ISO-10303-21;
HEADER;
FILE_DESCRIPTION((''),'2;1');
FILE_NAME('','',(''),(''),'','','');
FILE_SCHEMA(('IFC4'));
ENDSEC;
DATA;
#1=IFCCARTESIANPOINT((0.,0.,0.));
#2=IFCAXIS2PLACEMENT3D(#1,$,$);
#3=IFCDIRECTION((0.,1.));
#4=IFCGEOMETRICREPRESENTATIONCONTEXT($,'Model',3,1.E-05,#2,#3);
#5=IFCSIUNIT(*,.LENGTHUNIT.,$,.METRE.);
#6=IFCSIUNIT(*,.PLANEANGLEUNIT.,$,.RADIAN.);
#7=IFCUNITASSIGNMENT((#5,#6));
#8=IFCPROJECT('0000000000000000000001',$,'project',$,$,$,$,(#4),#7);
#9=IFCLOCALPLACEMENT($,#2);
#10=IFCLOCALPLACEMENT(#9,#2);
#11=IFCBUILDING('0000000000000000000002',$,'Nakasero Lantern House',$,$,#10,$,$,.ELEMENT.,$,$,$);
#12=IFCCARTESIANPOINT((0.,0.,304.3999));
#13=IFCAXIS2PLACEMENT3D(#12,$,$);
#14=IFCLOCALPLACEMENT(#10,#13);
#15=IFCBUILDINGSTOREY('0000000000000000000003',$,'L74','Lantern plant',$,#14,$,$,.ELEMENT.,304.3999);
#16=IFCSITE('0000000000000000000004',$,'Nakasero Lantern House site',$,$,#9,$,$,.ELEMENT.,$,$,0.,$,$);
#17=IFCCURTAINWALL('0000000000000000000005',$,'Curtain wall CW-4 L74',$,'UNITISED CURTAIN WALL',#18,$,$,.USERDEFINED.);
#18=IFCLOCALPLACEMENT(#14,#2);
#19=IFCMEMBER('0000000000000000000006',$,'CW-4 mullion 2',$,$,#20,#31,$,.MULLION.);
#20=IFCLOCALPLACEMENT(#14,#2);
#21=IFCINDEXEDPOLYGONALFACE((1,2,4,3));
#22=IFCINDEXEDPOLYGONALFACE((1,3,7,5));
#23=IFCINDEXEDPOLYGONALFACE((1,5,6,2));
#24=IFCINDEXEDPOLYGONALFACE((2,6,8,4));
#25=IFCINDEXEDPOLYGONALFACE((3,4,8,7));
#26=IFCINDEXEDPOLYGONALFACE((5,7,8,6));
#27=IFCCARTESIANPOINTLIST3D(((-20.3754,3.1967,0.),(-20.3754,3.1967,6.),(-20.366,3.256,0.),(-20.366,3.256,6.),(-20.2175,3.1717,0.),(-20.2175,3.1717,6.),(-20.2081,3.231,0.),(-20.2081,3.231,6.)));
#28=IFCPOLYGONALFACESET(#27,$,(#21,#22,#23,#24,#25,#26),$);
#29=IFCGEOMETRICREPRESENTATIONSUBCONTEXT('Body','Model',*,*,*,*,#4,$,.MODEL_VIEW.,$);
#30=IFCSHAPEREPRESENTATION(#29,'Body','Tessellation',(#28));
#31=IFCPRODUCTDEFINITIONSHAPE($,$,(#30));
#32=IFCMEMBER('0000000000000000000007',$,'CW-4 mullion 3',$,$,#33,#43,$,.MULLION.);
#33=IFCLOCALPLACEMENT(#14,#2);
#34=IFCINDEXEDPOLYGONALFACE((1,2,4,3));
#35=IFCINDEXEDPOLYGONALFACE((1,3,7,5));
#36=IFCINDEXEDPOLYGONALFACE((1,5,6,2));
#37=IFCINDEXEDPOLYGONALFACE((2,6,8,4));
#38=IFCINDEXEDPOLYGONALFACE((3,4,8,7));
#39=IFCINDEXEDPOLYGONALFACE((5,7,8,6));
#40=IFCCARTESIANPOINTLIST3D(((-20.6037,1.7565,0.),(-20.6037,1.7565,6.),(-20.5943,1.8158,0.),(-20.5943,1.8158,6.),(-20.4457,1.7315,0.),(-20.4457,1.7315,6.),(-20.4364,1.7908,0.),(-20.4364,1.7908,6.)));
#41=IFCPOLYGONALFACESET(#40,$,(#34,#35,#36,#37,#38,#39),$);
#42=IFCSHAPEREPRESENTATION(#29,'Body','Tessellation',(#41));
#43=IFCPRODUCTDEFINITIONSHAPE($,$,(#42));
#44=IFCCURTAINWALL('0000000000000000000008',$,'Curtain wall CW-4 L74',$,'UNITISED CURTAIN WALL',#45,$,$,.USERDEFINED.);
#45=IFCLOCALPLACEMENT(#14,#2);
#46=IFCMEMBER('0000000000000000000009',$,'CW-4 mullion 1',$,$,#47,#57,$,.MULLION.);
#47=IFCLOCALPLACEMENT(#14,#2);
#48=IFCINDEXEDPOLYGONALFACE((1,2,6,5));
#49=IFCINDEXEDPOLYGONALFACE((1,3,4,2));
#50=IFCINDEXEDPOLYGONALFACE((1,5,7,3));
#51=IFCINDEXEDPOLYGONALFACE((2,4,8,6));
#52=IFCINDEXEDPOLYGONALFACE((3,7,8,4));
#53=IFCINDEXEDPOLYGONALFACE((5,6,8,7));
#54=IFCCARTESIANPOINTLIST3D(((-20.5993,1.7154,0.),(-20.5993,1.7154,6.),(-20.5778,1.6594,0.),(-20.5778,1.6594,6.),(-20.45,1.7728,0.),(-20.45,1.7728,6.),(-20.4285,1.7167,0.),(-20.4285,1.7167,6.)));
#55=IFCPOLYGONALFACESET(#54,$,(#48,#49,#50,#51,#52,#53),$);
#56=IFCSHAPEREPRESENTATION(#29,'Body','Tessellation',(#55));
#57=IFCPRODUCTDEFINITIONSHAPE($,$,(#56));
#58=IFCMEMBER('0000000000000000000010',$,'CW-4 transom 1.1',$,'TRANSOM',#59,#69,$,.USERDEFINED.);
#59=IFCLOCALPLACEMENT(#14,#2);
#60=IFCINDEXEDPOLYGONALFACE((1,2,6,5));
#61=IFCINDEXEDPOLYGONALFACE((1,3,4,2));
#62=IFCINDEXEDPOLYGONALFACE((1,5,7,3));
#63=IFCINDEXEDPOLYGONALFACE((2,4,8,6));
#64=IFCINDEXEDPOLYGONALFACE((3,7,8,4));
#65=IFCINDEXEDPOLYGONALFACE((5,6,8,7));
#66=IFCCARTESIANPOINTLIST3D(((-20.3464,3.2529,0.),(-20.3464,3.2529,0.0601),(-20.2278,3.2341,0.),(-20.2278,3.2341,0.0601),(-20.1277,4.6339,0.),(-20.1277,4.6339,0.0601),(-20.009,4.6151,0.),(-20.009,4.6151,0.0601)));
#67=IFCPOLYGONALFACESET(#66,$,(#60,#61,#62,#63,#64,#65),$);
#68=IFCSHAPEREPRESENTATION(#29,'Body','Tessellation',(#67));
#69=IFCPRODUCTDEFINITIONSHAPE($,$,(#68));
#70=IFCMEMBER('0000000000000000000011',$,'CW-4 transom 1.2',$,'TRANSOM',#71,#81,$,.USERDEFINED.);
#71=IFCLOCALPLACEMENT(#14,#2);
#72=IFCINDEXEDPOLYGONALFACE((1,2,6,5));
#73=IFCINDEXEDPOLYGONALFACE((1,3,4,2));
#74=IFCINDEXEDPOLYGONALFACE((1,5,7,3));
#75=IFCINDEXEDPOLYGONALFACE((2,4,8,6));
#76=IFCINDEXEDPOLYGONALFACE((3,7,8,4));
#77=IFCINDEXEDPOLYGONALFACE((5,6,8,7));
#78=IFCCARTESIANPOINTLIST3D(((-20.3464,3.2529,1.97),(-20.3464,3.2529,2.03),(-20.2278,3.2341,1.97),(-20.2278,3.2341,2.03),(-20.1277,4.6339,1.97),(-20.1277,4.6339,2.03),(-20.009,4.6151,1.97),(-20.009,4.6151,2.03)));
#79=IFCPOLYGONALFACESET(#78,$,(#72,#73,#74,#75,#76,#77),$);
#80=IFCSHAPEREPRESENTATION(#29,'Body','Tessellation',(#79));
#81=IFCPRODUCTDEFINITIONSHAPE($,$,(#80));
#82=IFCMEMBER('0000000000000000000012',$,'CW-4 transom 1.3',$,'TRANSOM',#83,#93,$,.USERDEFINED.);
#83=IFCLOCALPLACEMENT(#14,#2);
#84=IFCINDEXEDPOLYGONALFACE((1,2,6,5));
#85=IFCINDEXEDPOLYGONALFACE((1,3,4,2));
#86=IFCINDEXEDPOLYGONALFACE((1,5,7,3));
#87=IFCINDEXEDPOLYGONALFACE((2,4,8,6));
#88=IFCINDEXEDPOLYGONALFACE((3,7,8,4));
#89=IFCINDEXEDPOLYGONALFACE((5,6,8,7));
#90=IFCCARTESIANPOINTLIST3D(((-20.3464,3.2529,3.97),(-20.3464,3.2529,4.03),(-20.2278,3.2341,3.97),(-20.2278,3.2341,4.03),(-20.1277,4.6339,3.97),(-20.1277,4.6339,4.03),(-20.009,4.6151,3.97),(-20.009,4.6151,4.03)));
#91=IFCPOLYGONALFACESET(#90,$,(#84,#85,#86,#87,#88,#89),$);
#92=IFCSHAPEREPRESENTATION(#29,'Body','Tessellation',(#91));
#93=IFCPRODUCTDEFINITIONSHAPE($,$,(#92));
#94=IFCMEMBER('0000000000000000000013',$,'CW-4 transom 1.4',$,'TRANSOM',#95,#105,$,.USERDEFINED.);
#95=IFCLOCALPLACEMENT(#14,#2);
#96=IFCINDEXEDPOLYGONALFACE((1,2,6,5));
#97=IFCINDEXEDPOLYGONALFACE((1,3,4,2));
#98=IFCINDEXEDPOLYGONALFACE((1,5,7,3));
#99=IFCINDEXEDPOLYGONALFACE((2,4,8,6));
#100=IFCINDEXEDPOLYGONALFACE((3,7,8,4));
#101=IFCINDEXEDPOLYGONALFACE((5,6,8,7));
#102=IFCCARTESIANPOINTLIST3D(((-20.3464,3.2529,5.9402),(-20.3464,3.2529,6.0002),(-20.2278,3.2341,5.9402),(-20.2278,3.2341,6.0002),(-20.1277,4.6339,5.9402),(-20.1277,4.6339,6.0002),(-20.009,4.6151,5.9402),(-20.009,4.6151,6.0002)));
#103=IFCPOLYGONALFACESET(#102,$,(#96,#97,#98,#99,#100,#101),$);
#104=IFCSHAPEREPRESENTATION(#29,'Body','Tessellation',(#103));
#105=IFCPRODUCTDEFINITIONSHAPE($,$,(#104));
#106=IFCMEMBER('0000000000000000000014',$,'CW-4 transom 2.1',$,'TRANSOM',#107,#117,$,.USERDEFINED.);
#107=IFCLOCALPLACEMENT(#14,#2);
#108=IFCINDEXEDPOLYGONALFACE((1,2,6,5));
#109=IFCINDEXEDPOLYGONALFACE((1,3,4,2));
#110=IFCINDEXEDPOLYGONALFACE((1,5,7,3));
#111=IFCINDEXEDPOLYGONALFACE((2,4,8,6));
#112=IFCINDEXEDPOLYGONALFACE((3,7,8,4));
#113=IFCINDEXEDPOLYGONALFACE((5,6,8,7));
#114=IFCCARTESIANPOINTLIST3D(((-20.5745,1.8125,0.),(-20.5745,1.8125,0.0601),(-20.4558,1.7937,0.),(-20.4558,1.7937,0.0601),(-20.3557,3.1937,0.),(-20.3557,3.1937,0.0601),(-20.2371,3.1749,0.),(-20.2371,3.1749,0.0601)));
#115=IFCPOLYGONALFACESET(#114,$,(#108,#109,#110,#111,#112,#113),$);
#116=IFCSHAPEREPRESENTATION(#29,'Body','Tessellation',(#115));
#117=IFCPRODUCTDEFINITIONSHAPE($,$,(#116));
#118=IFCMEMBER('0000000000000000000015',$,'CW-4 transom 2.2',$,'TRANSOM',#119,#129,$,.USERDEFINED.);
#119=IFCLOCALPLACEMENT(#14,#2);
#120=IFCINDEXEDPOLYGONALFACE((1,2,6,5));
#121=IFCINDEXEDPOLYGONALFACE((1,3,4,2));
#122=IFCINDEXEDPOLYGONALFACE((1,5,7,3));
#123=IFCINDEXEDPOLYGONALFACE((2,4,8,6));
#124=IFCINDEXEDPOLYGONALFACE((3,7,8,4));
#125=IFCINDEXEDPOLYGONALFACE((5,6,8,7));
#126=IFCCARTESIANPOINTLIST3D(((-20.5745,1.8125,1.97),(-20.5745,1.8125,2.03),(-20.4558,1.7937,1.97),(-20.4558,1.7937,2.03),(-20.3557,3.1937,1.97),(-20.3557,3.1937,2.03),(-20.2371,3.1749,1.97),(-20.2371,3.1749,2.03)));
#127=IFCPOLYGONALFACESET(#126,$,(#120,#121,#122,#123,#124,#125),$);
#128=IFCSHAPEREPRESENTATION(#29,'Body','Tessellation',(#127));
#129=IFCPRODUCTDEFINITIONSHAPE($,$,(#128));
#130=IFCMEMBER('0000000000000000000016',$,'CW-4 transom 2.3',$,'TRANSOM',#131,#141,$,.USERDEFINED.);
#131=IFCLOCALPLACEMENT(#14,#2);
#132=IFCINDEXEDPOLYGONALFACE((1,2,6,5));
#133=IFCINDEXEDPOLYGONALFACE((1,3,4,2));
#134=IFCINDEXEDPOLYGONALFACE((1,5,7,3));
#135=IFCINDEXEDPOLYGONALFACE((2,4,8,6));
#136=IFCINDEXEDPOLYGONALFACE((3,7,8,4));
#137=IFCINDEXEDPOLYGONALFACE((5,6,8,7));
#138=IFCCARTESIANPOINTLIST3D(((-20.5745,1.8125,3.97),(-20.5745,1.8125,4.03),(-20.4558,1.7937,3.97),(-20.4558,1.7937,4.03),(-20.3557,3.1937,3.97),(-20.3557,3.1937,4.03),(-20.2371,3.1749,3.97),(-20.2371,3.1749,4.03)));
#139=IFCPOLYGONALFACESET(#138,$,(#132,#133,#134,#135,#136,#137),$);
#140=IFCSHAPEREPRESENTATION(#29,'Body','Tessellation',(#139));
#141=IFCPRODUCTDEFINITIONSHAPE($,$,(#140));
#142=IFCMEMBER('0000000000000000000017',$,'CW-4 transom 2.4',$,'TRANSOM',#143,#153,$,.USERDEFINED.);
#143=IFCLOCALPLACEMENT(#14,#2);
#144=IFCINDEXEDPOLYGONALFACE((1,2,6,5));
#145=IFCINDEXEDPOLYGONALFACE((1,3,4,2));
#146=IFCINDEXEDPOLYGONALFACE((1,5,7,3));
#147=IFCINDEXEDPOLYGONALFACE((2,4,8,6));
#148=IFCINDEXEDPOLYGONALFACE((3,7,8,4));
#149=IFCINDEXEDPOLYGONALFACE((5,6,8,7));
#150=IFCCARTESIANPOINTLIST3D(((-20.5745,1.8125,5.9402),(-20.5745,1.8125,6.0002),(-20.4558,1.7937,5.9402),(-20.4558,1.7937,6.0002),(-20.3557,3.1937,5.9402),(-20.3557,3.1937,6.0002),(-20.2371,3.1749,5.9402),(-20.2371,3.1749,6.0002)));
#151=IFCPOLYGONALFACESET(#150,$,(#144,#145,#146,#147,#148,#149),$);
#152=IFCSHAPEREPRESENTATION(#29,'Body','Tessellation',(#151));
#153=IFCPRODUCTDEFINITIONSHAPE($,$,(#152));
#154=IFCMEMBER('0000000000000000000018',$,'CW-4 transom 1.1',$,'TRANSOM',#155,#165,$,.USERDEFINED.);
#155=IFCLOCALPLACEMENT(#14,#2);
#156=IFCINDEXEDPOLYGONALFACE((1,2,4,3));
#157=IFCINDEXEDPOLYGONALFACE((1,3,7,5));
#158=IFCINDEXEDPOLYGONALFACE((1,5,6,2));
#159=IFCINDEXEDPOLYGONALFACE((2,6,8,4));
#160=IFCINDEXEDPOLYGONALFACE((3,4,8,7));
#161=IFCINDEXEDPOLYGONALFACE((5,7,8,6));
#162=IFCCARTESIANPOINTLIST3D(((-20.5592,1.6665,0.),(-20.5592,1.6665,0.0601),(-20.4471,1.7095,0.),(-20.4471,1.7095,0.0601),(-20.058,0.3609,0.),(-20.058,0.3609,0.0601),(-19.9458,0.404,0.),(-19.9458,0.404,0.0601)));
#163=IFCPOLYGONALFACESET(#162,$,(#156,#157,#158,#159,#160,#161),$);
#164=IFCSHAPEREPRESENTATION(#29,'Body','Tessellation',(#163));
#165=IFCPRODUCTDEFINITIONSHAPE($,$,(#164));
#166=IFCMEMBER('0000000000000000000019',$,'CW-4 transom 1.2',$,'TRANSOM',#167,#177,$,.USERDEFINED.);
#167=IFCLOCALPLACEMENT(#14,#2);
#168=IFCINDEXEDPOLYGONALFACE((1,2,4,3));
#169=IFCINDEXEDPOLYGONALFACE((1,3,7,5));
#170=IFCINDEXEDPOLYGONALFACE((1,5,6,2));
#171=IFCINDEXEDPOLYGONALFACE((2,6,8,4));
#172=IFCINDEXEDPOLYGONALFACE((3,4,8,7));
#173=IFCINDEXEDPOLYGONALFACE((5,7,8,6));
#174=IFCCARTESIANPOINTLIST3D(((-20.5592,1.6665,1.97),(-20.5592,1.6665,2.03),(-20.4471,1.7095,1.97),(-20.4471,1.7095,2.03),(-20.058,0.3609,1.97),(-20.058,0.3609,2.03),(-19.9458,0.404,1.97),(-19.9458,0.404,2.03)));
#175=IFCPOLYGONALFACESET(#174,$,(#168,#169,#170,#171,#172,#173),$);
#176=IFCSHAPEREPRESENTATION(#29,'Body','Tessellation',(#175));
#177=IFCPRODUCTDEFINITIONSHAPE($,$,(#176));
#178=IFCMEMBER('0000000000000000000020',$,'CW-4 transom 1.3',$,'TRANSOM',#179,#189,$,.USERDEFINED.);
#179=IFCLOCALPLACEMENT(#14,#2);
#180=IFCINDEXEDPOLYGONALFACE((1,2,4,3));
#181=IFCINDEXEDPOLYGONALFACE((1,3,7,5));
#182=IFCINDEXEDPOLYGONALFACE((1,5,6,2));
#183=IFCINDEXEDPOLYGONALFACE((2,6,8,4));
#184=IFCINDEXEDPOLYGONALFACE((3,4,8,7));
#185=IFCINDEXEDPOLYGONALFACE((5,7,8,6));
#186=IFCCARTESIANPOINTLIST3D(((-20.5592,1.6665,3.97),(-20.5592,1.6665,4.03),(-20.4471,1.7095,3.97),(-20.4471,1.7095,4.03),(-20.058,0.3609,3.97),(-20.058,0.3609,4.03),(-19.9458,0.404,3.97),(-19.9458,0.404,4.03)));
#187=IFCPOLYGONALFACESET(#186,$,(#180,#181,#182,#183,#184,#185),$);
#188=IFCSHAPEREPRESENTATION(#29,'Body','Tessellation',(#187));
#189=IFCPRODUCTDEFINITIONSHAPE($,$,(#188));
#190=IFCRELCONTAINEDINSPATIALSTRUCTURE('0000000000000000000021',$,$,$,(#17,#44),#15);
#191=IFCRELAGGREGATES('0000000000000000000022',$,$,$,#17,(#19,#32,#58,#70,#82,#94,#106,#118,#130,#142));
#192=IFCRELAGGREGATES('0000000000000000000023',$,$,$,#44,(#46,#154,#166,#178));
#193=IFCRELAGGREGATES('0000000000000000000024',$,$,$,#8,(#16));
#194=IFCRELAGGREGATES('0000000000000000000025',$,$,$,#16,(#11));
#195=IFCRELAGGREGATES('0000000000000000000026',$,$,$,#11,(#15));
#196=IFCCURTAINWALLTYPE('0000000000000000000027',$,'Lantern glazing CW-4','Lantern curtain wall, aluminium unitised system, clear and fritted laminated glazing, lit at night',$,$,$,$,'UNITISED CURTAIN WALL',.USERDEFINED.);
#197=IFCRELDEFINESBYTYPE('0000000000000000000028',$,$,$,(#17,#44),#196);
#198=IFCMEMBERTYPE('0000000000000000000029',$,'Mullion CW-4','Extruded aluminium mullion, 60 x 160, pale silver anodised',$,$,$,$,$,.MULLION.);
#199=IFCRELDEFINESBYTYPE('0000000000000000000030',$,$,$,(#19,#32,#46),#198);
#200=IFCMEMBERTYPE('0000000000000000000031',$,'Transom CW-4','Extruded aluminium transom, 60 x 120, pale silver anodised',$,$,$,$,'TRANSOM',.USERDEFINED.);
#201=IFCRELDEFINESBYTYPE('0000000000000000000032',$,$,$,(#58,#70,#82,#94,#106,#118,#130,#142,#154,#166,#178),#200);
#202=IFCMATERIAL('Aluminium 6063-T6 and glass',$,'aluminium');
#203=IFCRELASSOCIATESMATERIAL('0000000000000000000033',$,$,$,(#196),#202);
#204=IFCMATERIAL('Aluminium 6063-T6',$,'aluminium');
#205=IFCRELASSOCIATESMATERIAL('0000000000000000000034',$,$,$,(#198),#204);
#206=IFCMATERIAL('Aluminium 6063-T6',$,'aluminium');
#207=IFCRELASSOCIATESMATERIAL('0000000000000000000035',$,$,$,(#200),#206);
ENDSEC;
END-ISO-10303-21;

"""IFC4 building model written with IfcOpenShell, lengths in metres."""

from ifc_helpers import new_model, si_unit, direction, frame, origin, origin_2d, place, context, subcontext, project, spatial, rectangle, extrude, material, material_profile, profile_set, type_object, element, aggregate, save


model = new_model("IFC4")

# Units and contexts
model_context = context("Model", 3, precision=1e-05, world=origin(), true_north=direction((0.0, 1.0)))
body_context = subcontext(model_context, "Body", "Model", "MODEL_VIEW")
ifc_project = project(units=[si_unit("LENGTHUNIT", "METRE"), si_unit("PLANEANGLEUNIT", "RADIAN")], contexts=[model_context])

# Site, building, storey
site_placement = place(None, origin())
site = spatial("IfcSite", under=ifc_project, at=site_placement, Name="Nakasero Lantern House site", CompositionType="ELEMENT", RefElevation=0.0)
building_placement = place(site_placement, origin())
building = spatial("IfcBuilding", under=site, at=building_placement, Name="Nakasero Lantern House", CompositionType="ELEMENT")
storey_placement = place(building_placement, frame((0.0, 0.0, 304.3999)))
storey = spatial("IfcBuildingStorey", under=building, at=storey_placement, Name="L74", Description="Lantern plant", CompositionType="ELEMENT", Elevation=304.3999)

# Curtain wall, members
ifc_material_1 = material(Name="Aluminium 6063-T6 and glass", Category="aluminium")
curtain_wall_type = type_object("IfcCurtainWallType", Name="Lantern glazing CW-4", Description="Lantern curtain wall, aluminium unitised system, clear and fritted laminated glazing, lit at night", ElementType="UNITISED CURTAIN WALL", PredefinedType="USERDEFINED", material=ifc_material_1)
curtain_wall_1_placement = place(storey_placement, origin())
curtain_wall_1 = element("IfcCurtainWall", 1, at=curtain_wall_1_placement, inside=storey, type_object=curtain_wall_type, Name="Curtain wall CW-4 L74", ObjectType="UNITISED CURTAIN WALL", PredefinedType="USERDEFINED")
ifc_material_2 = material(Name="Aluminium 6063-T6", Category="aluminium")
ifc_material_profile_1 = material_profile(ifc_material_2, rectangle(XDim=0.0601, YDim=0.1599, at=origin_2d()), Name="CW-4 mullion 60x160")
ifc_profile_set_1 = profile_set([ifc_material_profile_1], Name="Aluminium 6063-T6")
member_type_1 = type_object("IfcMemberType", Name="Mullion CW-4", Description="Extruded aluminium mullion, 60 x 160, pale silver anodised", PredefinedType="MULLION", material=ifc_profile_set_1)
member_1_placement = place(storey_placement, frame((-20.2917, 3.2139, 0.0), z_axis=(0.0, 0.0, 1.0), x_axis=(-0.156434, -0.987688, 0.0)))
member_1 = element("IfcMember", 2, at=member_1_placement, type_object=member_type_1, Name="CW-4 mullion 2", PredefinedType="MULLION", context=body_context, shape_type="SweptSolid", body=[
    extrude(rectangle(XDim=0.0601, YDim=0.1599, at=origin_2d()), origin(), (0.0, 0.0, 1.0), 6.0),
])
member_2_placement = place(storey_placement, frame((-20.52, 1.7737, 0.0), z_axis=(0.0, 0.0, 1.0), x_axis=(-0.156434, -0.987688, 0.0)))
member_2 = element("IfcMember", 3, at=member_2_placement, type_object=member_type_1, Name="CW-4 mullion 3", PredefinedType="MULLION", context=body_context, shape_type="SweptSolid", body=[
    extrude(rectangle(XDim=0.0601, YDim=0.1599, at=origin_2d()), origin(), (0.0, 0.0, 1.0), 6.0),
])

# Curtain wall, member
curtain_wall_2_placement = place(storey_placement, origin())
curtain_wall_2 = element("IfcCurtainWall", 4, at=curtain_wall_2_placement, inside=storey, type_object=curtain_wall_type, Name="Curtain wall CW-4 L74", ObjectType="UNITISED CURTAIN WALL", PredefinedType="USERDEFINED")
member_3_placement = place(storey_placement, frame((-20.5139, 1.7161, 0.0), z_axis=(0.0, 0.0, 1.0), x_axis=(0.358368, -0.93358, 0.0)))
member_3 = element("IfcMember", 5, at=member_3_placement, type_object=member_type_1, Name="CW-4 mullion 1", PredefinedType="MULLION", context=body_context, shape_type="SweptSolid", body=[
    extrude(rectangle(XDim=0.0601, YDim=0.1599, at=origin_2d()), origin(), (0.0, 0.0, 1.0), 6.0),
])

# Members
ifc_material_3 = material(Name="Aluminium 6063-T6", Category="aluminium")
ifc_material_profile_2 = material_profile(ifc_material_3, rectangle(XDim=0.0601, YDim=0.1201, at=origin_2d()), Name="CW-4 transom 60x120")
ifc_profile_set_2 = profile_set([ifc_material_profile_2], Name="Aluminium 6063-T6")
member_type_2 = type_object("IfcMemberType", Name="Transom CW-4", Description="Extruded aluminium transom, 60 x 120, pale silver anodised", ElementType="TRANSOM", PredefinedType="USERDEFINED", material=ifc_profile_set_2)
member_4_placement = place(storey_placement, frame((-20.0684, 4.6245, 0.03), z_axis=(-0.156465, -0.987684, 0.0), x_axis=(0.0, 0.0, 1.0)))
member_4 = element("IfcMember", 6, at=member_4_placement, type_object=member_type_2, Name="CW-4 transom 1.1", ObjectType="TRANSOM", PredefinedType="USERDEFINED", context=body_context, shape_type="SweptSolid", body=[
    extrude(rectangle(XDim=0.0601, YDim=0.1201, at=origin_2d()), origin(), (0.0, 0.0, 1.0), 1.3982),
])
member_5_placement = place(storey_placement, frame((-20.0684, 4.6245, 2.0), z_axis=(-0.156465, -0.987684, 0.0), x_axis=(0.0, 0.0, 1.0)))
member_5 = element("IfcMember", 7, at=member_5_placement, type_object=member_type_2, Name="CW-4 transom 1.2", ObjectType="TRANSOM", PredefinedType="USERDEFINED", context=body_context, shape_type="SweptSolid", body=[
    extrude(rectangle(XDim=0.0601, YDim=0.1201, at=origin_2d()), origin(), (0.0, 0.0, 1.0), 1.3982),
])
member_6_placement = place(storey_placement, frame((-20.0684, 4.6245, 4.0), z_axis=(-0.156465, -0.987684, 0.0), x_axis=(0.0, 0.0, 1.0)))
member_6 = element("IfcMember", 8, at=member_6_placement, type_object=member_type_2, Name="CW-4 transom 1.3", ObjectType="TRANSOM", PredefinedType="USERDEFINED", context=body_context, shape_type="SweptSolid", body=[
    extrude(rectangle(XDim=0.0601, YDim=0.1201, at=origin_2d()), origin(), (0.0, 0.0, 1.0), 1.3982),
])
member_7_placement = place(storey_placement, frame((-20.0684, 4.6245, 5.9702), z_axis=(-0.156465, -0.987684, 0.0), x_axis=(0.0, 0.0, 1.0)))
member_7 = element("IfcMember", 9, at=member_7_placement, type_object=member_type_2, Name="CW-4 transom 1.4", ObjectType="TRANSOM", PredefinedType="USERDEFINED", context=body_context, shape_type="SweptSolid", body=[
    extrude(rectangle(XDim=0.0601, YDim=0.1201, at=origin_2d()), origin(), (0.0, 0.0, 1.0), 1.3982),
])
member_8_placement = place(storey_placement, frame((-20.2964, 3.1843, 0.03), z_axis=(-0.156438, -0.987688, 0.0), x_axis=(0.0, 0.0, 1.0)))
member_8 = element("IfcMember", 10, at=member_8_placement, type_object=member_type_2, Name="CW-4 transom 2.1", ObjectType="TRANSOM", PredefinedType="USERDEFINED", context=body_context, shape_type="SweptSolid", body=[
    extrude(rectangle(XDim=0.0601, YDim=0.1201, at=origin_2d()), origin(), (0.0, 0.0, 1.0), 1.3984),
])
member_9_placement = place(storey_placement, frame((-20.2964, 3.1843, 2.0), z_axis=(-0.156438, -0.987688, 0.0), x_axis=(0.0, 0.0, 1.0)))
member_9 = element("IfcMember", 11, at=member_9_placement, type_object=member_type_2, Name="CW-4 transom 2.2", ObjectType="TRANSOM", PredefinedType="USERDEFINED", context=body_context, shape_type="SweptSolid", body=[
    extrude(rectangle(XDim=0.0601, YDim=0.1201, at=origin_2d()), origin(), (0.0, 0.0, 1.0), 1.3984),
])
member_10_placement = place(storey_placement, frame((-20.2964, 3.1843, 4.0), z_axis=(-0.156438, -0.987688, 0.0), x_axis=(0.0, 0.0, 1.0)))
member_10 = element("IfcMember", 12, at=member_10_placement, type_object=member_type_2, Name="CW-4 transom 2.3", ObjectType="TRANSOM", PredefinedType="USERDEFINED", context=body_context, shape_type="SweptSolid", body=[
    extrude(rectangle(XDim=0.0601, YDim=0.1201, at=origin_2d()), origin(), (0.0, 0.0, 1.0), 1.3984),
])
member_11_placement = place(storey_placement, frame((-20.2964, 3.1843, 5.9702), z_axis=(-0.156438, -0.987688, 0.0), x_axis=(0.0, 0.0, 1.0)))
member_11 = element("IfcMember", 13, at=member_11_placement, type_object=member_type_2, Name="CW-4 transom 2.4", ObjectType="TRANSOM", PredefinedType="USERDEFINED", context=body_context, shape_type="SweptSolid", body=[
    extrude(rectangle(XDim=0.0601, YDim=0.1201, at=origin_2d()), origin(), (0.0, 0.0, 1.0), 1.3984),
])
member_12_placement = place(storey_placement, frame((-20.5032, 1.688, 0.03), z_axis=(0.358441, -0.933552, 0.0), x_axis=(0.0, 0.0, 1.0)))
member_12 = element("IfcMember", 14, at=member_12_placement, type_object=member_type_2, Name="CW-4 transom 1.1", ObjectType="TRANSOM", PredefinedType="USERDEFINED", context=body_context, shape_type="SweptSolid", body=[
    extrude(rectangle(XDim=0.0601, YDim=0.1201, at=origin_2d()), origin(), (0.0, 0.0, 1.0), 1.3984),
])
member_13_placement = place(storey_placement, frame((-20.5032, 1.688, 2.0), z_axis=(0.358441, -0.933552, 0.0), x_axis=(0.0, 0.0, 1.0)))
member_13 = element("IfcMember", 15, at=member_13_placement, type_object=member_type_2, Name="CW-4 transom 1.2", ObjectType="TRANSOM", PredefinedType="USERDEFINED", context=body_context, shape_type="SweptSolid", body=[
    extrude(rectangle(XDim=0.0601, YDim=0.1201, at=origin_2d()), origin(), (0.0, 0.0, 1.0), 1.3984),
])
member_14_placement = place(storey_placement, frame((-20.5032, 1.688, 4.0), z_axis=(0.358441, -0.933552, 0.0), x_axis=(0.0, 0.0, 1.0)))
member_14 = element("IfcMember", 16, at=member_14_placement, type_object=member_type_2, Name="CW-4 transom 1.3", ObjectType="TRANSOM", PredefinedType="USERDEFINED", context=body_context, shape_type="SweptSolid", body=[
    extrude(rectangle(XDim=0.0601, YDim=0.1201, at=origin_2d()), origin(), (0.0, 0.0, 1.0), 1.3984),
])

aggregate(curtain_wall_1, [member_1, member_2, member_4, member_5, member_6, member_7, member_8, member_9, member_10, member_11])
aggregate(curtain_wall_2, [member_3, member_12, member_13, member_14])

save(model, "model.ifc")
